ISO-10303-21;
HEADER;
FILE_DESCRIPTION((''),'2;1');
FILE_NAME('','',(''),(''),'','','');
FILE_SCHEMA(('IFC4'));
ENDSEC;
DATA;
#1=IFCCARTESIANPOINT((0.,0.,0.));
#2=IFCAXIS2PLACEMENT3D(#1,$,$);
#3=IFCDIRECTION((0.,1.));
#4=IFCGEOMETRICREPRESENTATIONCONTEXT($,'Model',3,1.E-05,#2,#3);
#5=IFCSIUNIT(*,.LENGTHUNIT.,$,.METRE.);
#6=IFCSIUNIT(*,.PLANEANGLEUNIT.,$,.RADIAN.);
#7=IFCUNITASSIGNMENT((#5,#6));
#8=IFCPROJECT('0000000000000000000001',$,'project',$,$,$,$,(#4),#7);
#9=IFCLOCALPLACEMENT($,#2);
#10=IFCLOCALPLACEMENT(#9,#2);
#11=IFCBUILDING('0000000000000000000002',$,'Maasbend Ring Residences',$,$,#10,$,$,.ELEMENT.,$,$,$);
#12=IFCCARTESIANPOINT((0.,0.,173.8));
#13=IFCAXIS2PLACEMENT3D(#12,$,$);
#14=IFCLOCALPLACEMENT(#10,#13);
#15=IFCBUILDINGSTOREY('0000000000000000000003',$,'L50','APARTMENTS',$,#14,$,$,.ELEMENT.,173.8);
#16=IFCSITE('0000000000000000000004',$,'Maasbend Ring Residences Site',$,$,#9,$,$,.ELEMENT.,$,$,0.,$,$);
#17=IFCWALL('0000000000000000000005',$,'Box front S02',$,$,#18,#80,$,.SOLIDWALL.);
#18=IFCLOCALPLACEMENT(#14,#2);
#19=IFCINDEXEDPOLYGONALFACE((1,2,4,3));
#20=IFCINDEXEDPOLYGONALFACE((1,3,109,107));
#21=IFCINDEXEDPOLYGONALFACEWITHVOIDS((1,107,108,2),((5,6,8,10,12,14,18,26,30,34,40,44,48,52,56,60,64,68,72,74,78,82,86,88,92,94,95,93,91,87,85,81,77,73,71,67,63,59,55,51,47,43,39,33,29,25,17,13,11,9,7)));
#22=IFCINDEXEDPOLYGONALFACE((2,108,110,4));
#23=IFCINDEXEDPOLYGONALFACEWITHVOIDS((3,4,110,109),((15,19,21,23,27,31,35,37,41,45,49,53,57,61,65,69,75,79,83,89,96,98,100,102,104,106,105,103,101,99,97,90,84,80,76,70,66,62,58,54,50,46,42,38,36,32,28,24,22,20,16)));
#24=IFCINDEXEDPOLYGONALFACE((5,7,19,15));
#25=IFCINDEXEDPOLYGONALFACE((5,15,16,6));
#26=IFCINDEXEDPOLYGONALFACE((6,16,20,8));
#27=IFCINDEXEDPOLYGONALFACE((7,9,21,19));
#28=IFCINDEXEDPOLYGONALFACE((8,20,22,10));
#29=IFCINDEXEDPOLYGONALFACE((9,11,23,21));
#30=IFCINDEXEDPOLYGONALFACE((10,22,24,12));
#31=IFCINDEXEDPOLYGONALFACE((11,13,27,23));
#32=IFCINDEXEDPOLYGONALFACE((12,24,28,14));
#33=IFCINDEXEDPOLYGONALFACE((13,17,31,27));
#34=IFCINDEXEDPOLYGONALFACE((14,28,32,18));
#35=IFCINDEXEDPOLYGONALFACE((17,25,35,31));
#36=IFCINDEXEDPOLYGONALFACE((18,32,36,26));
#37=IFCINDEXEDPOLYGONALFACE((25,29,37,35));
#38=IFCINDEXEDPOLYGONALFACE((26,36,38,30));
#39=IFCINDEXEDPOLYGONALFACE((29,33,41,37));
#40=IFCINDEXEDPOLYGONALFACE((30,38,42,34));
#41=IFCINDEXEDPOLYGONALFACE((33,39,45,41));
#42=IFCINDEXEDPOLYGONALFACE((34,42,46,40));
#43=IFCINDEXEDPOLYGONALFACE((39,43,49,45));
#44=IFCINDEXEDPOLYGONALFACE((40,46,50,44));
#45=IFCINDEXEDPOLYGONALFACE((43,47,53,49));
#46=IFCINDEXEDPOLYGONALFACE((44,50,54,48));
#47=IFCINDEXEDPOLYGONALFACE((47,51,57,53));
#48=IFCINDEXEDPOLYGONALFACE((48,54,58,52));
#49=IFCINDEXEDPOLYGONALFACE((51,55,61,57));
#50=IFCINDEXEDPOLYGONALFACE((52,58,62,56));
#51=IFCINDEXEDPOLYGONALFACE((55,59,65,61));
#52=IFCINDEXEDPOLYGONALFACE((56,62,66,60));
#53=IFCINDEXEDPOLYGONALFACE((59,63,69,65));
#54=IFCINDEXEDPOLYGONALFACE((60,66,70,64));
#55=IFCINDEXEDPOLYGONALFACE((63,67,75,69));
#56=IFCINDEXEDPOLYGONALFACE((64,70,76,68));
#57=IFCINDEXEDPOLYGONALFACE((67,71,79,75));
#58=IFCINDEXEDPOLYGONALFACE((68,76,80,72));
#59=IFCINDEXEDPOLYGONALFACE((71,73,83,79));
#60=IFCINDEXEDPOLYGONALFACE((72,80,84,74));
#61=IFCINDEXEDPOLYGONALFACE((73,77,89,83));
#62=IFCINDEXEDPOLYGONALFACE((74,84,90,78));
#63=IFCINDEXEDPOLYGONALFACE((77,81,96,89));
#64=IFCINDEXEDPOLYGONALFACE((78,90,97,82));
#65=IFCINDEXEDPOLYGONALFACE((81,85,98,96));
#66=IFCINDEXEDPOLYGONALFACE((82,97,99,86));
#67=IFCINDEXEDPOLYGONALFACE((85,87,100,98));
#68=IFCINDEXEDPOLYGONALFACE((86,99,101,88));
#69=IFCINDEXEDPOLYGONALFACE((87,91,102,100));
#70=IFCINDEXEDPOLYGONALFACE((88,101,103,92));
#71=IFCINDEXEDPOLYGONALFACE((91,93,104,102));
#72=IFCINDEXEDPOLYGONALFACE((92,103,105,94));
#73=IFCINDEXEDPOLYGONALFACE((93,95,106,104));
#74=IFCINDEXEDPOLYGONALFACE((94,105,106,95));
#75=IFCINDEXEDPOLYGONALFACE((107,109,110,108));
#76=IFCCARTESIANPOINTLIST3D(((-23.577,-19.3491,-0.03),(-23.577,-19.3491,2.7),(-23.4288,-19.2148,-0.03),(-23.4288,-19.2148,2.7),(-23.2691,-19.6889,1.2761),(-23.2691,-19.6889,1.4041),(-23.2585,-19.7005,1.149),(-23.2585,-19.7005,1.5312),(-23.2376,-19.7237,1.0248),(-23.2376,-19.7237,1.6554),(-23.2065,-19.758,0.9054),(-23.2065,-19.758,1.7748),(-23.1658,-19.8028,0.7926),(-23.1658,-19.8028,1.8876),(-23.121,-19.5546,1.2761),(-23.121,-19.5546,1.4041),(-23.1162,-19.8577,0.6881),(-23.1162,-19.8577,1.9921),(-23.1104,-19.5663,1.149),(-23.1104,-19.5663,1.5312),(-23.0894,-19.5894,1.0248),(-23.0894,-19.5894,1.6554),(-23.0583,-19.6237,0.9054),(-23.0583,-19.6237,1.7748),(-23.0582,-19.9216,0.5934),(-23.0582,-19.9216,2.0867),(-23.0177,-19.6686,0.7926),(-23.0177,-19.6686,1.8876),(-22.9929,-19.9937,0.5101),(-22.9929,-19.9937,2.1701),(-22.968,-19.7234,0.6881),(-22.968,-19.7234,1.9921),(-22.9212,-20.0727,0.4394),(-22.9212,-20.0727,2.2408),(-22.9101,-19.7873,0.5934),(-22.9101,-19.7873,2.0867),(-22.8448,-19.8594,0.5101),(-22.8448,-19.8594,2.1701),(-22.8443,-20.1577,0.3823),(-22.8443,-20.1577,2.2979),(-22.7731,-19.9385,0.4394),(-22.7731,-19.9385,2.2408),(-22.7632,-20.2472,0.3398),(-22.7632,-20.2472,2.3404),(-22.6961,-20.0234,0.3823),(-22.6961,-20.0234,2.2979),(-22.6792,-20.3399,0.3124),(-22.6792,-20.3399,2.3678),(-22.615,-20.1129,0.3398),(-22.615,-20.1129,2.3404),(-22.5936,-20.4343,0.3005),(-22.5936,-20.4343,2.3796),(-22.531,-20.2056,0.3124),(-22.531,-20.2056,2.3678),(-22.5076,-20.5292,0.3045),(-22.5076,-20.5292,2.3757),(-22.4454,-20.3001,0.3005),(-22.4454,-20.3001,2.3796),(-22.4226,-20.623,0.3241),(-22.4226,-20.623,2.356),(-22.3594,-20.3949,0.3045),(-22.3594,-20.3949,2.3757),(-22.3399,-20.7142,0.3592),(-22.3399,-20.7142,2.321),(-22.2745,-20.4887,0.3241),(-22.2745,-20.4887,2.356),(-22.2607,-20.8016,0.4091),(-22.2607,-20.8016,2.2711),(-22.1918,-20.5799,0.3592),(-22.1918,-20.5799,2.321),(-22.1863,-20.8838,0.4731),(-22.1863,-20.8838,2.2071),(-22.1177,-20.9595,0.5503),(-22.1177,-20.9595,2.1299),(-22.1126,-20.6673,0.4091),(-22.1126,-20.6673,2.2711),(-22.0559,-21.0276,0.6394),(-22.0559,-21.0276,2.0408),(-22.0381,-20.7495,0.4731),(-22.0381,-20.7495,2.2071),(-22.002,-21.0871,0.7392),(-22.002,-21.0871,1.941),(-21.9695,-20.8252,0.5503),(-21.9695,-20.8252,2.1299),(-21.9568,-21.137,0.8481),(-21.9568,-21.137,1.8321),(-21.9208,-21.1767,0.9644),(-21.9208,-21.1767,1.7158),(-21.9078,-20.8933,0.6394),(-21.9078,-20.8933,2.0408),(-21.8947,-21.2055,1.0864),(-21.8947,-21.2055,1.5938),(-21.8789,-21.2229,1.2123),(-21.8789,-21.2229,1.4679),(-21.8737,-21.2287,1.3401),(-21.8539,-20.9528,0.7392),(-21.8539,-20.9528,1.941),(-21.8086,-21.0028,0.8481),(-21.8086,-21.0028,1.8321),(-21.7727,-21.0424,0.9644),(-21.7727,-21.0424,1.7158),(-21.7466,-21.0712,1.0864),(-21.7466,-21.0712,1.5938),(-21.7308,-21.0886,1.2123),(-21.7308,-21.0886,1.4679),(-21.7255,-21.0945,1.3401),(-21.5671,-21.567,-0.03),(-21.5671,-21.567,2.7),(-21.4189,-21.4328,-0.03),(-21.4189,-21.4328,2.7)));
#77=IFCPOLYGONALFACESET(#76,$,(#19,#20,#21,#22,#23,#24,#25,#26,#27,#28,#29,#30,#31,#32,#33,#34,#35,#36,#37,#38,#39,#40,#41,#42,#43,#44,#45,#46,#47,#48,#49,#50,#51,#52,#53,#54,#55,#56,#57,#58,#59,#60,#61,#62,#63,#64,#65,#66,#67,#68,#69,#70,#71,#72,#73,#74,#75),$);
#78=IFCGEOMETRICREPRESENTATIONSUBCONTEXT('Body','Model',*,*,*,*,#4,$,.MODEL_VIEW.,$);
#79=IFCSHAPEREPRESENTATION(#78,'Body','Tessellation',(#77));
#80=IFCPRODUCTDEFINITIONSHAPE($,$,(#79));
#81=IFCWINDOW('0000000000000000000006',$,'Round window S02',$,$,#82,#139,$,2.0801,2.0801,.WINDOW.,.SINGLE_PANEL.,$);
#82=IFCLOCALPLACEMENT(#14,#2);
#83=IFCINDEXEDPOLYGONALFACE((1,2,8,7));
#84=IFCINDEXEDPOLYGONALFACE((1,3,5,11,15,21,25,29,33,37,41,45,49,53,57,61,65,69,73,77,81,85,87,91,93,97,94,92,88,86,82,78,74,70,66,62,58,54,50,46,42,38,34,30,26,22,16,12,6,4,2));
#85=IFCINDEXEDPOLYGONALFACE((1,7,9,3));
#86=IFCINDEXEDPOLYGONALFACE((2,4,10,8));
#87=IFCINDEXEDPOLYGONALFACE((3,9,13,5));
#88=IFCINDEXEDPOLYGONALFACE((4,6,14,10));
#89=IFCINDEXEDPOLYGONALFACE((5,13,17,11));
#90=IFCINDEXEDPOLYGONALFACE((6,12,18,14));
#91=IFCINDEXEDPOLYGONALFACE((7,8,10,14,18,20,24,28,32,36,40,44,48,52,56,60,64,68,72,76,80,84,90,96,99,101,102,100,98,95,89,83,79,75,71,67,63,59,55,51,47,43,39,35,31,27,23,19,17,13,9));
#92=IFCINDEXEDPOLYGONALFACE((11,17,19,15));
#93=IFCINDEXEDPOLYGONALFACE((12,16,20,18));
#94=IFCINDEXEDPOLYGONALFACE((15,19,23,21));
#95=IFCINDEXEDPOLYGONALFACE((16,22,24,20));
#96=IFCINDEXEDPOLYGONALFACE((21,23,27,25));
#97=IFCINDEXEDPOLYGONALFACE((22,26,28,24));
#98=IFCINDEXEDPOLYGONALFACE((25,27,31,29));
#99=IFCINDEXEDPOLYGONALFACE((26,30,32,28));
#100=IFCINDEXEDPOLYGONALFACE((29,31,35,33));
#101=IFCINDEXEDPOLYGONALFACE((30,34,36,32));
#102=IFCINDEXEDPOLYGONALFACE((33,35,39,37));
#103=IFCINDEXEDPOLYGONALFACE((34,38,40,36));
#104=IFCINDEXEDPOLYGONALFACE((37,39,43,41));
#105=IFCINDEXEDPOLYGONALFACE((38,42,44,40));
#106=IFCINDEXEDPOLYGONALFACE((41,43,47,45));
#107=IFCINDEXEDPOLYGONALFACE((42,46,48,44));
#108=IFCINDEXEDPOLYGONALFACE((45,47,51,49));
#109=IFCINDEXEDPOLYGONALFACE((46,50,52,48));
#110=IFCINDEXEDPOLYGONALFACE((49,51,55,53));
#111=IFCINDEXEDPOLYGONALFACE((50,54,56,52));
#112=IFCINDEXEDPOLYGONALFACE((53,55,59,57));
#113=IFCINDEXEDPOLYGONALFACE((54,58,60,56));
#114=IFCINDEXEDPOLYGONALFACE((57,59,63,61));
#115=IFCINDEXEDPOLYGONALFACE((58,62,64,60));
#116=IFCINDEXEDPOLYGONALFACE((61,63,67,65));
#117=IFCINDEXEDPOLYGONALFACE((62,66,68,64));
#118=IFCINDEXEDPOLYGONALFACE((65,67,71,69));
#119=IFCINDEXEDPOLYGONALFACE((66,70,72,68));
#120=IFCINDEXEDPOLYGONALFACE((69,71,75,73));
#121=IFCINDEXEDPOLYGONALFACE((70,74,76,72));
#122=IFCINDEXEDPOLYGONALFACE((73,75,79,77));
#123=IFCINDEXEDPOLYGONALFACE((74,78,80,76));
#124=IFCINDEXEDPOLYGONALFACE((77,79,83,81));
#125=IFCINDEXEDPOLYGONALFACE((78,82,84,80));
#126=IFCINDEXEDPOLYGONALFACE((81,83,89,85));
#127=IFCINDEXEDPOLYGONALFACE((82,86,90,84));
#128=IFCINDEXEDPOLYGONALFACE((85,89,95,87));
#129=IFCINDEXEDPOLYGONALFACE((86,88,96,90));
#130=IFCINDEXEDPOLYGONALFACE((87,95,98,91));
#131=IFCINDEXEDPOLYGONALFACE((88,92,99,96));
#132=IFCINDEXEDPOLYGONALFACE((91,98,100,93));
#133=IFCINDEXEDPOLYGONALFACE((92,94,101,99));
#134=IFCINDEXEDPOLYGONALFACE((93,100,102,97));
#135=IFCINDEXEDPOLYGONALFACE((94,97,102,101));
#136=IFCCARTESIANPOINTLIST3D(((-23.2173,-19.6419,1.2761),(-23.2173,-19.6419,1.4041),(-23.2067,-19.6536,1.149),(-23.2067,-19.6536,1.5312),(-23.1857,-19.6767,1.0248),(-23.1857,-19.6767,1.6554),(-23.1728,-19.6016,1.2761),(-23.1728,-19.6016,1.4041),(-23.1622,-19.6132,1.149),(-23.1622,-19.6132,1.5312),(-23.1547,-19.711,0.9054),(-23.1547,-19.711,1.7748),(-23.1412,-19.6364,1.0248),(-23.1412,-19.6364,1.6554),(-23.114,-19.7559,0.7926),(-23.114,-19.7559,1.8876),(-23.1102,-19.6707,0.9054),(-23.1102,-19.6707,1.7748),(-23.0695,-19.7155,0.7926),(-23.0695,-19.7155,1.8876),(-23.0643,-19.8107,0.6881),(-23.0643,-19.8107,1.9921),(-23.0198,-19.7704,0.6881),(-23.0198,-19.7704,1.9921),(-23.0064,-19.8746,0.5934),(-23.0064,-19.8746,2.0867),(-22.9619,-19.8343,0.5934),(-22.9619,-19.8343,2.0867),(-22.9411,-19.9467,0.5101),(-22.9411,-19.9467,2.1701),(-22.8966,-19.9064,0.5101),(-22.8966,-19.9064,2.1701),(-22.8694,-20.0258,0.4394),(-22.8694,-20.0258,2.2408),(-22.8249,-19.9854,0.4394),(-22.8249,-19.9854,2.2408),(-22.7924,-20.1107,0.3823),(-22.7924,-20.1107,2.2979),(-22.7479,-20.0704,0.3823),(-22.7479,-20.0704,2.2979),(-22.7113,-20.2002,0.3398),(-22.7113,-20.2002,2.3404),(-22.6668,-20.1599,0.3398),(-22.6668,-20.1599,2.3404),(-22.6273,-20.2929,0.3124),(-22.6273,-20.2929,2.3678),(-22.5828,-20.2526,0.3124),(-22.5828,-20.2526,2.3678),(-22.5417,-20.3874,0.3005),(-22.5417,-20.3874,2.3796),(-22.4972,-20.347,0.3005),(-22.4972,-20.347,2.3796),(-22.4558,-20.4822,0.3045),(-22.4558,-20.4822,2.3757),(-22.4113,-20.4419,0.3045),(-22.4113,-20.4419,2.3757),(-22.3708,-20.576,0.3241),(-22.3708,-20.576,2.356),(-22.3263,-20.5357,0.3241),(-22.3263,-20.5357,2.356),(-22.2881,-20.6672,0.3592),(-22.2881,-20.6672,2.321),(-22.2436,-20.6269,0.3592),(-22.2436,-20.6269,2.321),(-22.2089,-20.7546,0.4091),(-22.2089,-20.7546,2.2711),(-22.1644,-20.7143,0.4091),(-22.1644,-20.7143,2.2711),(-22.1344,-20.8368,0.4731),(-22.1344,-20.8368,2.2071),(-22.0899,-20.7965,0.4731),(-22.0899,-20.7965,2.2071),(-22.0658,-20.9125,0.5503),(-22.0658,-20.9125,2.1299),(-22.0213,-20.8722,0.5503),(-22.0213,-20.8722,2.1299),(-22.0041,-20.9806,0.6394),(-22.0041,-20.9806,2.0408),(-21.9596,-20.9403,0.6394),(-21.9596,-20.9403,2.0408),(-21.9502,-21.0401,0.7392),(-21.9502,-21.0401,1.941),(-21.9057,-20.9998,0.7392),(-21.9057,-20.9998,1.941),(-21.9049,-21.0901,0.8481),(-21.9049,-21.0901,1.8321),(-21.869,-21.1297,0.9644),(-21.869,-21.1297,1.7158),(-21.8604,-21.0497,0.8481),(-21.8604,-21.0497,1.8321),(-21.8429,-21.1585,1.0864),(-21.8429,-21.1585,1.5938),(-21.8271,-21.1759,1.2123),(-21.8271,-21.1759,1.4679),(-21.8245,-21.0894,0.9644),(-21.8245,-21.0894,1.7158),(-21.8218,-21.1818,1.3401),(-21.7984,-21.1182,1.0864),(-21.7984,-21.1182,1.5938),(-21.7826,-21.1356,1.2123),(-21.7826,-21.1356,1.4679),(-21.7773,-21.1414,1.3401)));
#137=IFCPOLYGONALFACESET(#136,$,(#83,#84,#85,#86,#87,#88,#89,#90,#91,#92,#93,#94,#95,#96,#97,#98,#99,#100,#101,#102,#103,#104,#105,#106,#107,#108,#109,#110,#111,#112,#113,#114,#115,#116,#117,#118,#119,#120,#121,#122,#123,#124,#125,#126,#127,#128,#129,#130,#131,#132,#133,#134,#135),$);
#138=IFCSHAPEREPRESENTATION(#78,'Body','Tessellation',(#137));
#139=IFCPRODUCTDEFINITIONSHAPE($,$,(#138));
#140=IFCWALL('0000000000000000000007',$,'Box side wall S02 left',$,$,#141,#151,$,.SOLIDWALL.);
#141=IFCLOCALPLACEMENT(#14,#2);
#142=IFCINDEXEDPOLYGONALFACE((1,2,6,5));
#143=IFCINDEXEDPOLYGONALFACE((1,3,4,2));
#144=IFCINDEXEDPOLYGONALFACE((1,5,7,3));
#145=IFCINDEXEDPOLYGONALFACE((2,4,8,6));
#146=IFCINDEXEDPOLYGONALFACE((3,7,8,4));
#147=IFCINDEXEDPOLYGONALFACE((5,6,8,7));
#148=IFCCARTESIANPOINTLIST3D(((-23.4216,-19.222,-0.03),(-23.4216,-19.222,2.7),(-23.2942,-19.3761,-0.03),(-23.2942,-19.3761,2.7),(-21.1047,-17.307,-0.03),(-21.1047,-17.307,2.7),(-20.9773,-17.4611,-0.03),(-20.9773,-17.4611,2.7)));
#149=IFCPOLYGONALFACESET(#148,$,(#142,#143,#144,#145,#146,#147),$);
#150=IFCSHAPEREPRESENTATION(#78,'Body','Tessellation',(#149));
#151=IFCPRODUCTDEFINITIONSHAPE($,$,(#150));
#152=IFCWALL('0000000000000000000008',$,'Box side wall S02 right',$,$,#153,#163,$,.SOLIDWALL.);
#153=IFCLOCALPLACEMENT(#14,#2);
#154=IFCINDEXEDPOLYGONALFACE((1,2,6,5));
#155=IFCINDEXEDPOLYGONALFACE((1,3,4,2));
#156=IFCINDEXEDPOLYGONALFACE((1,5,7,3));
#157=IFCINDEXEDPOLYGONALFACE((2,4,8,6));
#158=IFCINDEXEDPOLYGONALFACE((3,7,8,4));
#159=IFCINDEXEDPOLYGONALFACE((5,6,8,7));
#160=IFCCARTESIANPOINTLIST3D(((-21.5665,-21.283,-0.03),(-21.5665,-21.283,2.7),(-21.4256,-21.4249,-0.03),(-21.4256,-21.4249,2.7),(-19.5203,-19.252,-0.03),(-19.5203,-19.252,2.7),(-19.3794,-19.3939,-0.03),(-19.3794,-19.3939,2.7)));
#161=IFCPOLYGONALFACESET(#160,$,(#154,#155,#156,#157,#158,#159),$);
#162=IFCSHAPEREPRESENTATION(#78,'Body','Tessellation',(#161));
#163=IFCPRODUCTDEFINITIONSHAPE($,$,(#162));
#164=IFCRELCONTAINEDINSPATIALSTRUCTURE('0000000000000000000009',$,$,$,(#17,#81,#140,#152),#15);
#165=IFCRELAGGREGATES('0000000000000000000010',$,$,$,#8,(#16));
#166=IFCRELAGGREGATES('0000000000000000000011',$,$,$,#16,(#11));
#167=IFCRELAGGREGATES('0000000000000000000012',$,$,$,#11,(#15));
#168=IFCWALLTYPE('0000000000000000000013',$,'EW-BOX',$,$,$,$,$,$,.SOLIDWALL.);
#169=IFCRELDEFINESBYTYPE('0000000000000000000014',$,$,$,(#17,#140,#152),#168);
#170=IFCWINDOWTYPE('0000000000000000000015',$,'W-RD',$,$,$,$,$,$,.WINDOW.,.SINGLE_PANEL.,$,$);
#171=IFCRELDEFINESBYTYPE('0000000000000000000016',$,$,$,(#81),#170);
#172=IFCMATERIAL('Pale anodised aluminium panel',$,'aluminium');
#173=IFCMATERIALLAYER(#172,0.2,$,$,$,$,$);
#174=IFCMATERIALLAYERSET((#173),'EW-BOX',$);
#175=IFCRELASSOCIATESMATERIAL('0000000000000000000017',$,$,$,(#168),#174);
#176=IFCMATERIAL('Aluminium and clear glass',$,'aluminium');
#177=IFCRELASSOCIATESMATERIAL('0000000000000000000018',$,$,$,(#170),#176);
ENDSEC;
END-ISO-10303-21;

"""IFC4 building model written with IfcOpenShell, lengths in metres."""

from ifc_helpers import new_model, si_unit, direction, frame, frame_2d, origin, place, context, subcontext, project, spatial, rectangle, circle, extrude, material, layer, layer_set, type_object, element, fill, save


model = new_model("IFC4")

# Units and contexts
model_context = context("Model", 3, precision=1e-05, world=origin(), true_north=direction((0.0, 1.0)))
body_context = subcontext(model_context, "Body", "Model", "MODEL_VIEW")
ifc_project = project(units=[si_unit("LENGTHUNIT", "METRE"), si_unit("PLANEANGLEUNIT", "RADIAN")], contexts=[model_context])

# Site, building, storey
site_placement = place(None, origin())
site = spatial("IfcSite", under=ifc_project, at=site_placement, Name="Maasbend Ring Residences Site", CompositionType="ELEMENT", RefElevation=0.0)
building_placement = place(site_placement, origin())
building = spatial("IfcBuilding", under=site, at=building_placement, Name="Maasbend Ring Residences", CompositionType="ELEMENT")
storey_placement = place(building_placement, frame((0.0, 0.0, 173.8)))
storey = spatial("IfcBuildingStorey", under=building, at=storey_placement, Name="L50", Description="APARTMENTS", CompositionType="ELEMENT", Elevation=173.8)

# Wall, opening, window
ifc_material_1 = material(Name="Pale anodised aluminium panel", Category="aluminium")
ifc_layer_1 = layer(ifc_material_1, 0.2)
ifc_layer_set_1 = layer_set([ifc_layer_1], Name="EW-BOX")
wall_type_1 = type_object("IfcWallType", Name="EW-BOX", PredefinedType="SOLIDWALL", material=ifc_layer_set_1)
wall_1_placement = place(storey_placement, frame((-23.5029, -19.282, -0.03), z_axis=(0.0, 0.0, 1.0), x_axis=(0.671507, -0.740998, 0.0)))
wall_1 = element("IfcWall", 1, at=wall_1_placement, inside=storey, type_object=wall_type_1, Name="Box front S02", PredefinedType="SOLIDWALL", context=body_context, shape_type="SweptSolid", body=[
    extrude(rectangle(XDim=2.9932, YDim=0.2, at=frame_2d((1.4966, 0.0))), origin(), (0.0, 0.0, 1.0), 2.73),
])
opening_1_placement = place(wall_1_placement, frame((0.4565, 0.0, 0.3301)))
opening_1 = element("IfcOpeningElement", 2, at=opening_1_placement, cuts=wall_1, PredefinedType="OPENING", context=body_context, shape_type="SweptSolid", body=[
    extrude(circle(Radius=1.04, at=frame_2d((1.04, 1.04))), frame((0.0, 0.1099, 0.0), z_axis=(0.0, -1.0, 0.0), x_axis=(1.0, 0.0, 0.0)), (0.0, 0.0, 1.0), 0.22),
])
ifc_material_2 = material(Name="Aluminium and clear glass", Category="aluminium")
window_type_1 = type_object("IfcWindowType", Name="W-RD", PartitioningType="SINGLE_PANEL", PredefinedType="WINDOW", material=ifc_material_2)
window_1_placement = place(opening_1_placement, origin())
window_1 = element("IfcWindow", 3, at=window_1_placement, inside=storey, type_object=window_type_1, Name="Round window S02", OverallHeight=2.0801, OverallWidth=2.0801, PartitioningType="SINGLE_PANEL", PredefinedType="WINDOW", context=body_context, shape_type="SweptSolid", body=[
    extrude(circle(Radius=1.04, at=frame_2d((1.04, 1.04))), frame((0.0, 0.03, 0.0), z_axis=(0.0, -1.0, 0.0), x_axis=(1.0, 0.0, 0.0)), (0.0, 0.0, 1.0), 0.0601),
])
fill(opening_1, window_1)

# Walls
wall_2_placement = place(storey_placement, frame((-21.041, -17.384, -0.03), z_axis=(0.0, 0.0, 1.0), x_axis=(-0.770785, -0.637096, 0.0)))
element("IfcWall", 4, at=wall_2_placement, inside=storey, type_object=wall_type_1, Name="Box side wall S02 left", PredefinedType="SOLIDWALL", context=body_context, shape_type="SweptSolid", body=[
    extrude(rectangle(XDim=3.0059, YDim=0.2, at=frame_2d((1.5029, 0.0))), origin(), (0.0, 0.0, 1.0), 2.73),
])
wall_3_placement = place(storey_placement, frame((-19.45, -19.323, -0.03), z_axis=(0.0, 0.0, 1.0), x_axis=(-0.709727, -0.704477, 0.0)))
element("IfcWall", 5, at=wall_3_placement, inside=storey, type_object=wall_type_1, Name="Box side wall S02 right", PredefinedType="SOLIDWALL", context=body_context, shape_type="SweptSolid", body=[
    extrude(rectangle(XDim=2.8831, YDim=0.2, at=frame_2d((1.4414, 0.0))), origin(), (0.0, 0.0, 1.0), 2.73),
])

save(model, "model.ifc")
